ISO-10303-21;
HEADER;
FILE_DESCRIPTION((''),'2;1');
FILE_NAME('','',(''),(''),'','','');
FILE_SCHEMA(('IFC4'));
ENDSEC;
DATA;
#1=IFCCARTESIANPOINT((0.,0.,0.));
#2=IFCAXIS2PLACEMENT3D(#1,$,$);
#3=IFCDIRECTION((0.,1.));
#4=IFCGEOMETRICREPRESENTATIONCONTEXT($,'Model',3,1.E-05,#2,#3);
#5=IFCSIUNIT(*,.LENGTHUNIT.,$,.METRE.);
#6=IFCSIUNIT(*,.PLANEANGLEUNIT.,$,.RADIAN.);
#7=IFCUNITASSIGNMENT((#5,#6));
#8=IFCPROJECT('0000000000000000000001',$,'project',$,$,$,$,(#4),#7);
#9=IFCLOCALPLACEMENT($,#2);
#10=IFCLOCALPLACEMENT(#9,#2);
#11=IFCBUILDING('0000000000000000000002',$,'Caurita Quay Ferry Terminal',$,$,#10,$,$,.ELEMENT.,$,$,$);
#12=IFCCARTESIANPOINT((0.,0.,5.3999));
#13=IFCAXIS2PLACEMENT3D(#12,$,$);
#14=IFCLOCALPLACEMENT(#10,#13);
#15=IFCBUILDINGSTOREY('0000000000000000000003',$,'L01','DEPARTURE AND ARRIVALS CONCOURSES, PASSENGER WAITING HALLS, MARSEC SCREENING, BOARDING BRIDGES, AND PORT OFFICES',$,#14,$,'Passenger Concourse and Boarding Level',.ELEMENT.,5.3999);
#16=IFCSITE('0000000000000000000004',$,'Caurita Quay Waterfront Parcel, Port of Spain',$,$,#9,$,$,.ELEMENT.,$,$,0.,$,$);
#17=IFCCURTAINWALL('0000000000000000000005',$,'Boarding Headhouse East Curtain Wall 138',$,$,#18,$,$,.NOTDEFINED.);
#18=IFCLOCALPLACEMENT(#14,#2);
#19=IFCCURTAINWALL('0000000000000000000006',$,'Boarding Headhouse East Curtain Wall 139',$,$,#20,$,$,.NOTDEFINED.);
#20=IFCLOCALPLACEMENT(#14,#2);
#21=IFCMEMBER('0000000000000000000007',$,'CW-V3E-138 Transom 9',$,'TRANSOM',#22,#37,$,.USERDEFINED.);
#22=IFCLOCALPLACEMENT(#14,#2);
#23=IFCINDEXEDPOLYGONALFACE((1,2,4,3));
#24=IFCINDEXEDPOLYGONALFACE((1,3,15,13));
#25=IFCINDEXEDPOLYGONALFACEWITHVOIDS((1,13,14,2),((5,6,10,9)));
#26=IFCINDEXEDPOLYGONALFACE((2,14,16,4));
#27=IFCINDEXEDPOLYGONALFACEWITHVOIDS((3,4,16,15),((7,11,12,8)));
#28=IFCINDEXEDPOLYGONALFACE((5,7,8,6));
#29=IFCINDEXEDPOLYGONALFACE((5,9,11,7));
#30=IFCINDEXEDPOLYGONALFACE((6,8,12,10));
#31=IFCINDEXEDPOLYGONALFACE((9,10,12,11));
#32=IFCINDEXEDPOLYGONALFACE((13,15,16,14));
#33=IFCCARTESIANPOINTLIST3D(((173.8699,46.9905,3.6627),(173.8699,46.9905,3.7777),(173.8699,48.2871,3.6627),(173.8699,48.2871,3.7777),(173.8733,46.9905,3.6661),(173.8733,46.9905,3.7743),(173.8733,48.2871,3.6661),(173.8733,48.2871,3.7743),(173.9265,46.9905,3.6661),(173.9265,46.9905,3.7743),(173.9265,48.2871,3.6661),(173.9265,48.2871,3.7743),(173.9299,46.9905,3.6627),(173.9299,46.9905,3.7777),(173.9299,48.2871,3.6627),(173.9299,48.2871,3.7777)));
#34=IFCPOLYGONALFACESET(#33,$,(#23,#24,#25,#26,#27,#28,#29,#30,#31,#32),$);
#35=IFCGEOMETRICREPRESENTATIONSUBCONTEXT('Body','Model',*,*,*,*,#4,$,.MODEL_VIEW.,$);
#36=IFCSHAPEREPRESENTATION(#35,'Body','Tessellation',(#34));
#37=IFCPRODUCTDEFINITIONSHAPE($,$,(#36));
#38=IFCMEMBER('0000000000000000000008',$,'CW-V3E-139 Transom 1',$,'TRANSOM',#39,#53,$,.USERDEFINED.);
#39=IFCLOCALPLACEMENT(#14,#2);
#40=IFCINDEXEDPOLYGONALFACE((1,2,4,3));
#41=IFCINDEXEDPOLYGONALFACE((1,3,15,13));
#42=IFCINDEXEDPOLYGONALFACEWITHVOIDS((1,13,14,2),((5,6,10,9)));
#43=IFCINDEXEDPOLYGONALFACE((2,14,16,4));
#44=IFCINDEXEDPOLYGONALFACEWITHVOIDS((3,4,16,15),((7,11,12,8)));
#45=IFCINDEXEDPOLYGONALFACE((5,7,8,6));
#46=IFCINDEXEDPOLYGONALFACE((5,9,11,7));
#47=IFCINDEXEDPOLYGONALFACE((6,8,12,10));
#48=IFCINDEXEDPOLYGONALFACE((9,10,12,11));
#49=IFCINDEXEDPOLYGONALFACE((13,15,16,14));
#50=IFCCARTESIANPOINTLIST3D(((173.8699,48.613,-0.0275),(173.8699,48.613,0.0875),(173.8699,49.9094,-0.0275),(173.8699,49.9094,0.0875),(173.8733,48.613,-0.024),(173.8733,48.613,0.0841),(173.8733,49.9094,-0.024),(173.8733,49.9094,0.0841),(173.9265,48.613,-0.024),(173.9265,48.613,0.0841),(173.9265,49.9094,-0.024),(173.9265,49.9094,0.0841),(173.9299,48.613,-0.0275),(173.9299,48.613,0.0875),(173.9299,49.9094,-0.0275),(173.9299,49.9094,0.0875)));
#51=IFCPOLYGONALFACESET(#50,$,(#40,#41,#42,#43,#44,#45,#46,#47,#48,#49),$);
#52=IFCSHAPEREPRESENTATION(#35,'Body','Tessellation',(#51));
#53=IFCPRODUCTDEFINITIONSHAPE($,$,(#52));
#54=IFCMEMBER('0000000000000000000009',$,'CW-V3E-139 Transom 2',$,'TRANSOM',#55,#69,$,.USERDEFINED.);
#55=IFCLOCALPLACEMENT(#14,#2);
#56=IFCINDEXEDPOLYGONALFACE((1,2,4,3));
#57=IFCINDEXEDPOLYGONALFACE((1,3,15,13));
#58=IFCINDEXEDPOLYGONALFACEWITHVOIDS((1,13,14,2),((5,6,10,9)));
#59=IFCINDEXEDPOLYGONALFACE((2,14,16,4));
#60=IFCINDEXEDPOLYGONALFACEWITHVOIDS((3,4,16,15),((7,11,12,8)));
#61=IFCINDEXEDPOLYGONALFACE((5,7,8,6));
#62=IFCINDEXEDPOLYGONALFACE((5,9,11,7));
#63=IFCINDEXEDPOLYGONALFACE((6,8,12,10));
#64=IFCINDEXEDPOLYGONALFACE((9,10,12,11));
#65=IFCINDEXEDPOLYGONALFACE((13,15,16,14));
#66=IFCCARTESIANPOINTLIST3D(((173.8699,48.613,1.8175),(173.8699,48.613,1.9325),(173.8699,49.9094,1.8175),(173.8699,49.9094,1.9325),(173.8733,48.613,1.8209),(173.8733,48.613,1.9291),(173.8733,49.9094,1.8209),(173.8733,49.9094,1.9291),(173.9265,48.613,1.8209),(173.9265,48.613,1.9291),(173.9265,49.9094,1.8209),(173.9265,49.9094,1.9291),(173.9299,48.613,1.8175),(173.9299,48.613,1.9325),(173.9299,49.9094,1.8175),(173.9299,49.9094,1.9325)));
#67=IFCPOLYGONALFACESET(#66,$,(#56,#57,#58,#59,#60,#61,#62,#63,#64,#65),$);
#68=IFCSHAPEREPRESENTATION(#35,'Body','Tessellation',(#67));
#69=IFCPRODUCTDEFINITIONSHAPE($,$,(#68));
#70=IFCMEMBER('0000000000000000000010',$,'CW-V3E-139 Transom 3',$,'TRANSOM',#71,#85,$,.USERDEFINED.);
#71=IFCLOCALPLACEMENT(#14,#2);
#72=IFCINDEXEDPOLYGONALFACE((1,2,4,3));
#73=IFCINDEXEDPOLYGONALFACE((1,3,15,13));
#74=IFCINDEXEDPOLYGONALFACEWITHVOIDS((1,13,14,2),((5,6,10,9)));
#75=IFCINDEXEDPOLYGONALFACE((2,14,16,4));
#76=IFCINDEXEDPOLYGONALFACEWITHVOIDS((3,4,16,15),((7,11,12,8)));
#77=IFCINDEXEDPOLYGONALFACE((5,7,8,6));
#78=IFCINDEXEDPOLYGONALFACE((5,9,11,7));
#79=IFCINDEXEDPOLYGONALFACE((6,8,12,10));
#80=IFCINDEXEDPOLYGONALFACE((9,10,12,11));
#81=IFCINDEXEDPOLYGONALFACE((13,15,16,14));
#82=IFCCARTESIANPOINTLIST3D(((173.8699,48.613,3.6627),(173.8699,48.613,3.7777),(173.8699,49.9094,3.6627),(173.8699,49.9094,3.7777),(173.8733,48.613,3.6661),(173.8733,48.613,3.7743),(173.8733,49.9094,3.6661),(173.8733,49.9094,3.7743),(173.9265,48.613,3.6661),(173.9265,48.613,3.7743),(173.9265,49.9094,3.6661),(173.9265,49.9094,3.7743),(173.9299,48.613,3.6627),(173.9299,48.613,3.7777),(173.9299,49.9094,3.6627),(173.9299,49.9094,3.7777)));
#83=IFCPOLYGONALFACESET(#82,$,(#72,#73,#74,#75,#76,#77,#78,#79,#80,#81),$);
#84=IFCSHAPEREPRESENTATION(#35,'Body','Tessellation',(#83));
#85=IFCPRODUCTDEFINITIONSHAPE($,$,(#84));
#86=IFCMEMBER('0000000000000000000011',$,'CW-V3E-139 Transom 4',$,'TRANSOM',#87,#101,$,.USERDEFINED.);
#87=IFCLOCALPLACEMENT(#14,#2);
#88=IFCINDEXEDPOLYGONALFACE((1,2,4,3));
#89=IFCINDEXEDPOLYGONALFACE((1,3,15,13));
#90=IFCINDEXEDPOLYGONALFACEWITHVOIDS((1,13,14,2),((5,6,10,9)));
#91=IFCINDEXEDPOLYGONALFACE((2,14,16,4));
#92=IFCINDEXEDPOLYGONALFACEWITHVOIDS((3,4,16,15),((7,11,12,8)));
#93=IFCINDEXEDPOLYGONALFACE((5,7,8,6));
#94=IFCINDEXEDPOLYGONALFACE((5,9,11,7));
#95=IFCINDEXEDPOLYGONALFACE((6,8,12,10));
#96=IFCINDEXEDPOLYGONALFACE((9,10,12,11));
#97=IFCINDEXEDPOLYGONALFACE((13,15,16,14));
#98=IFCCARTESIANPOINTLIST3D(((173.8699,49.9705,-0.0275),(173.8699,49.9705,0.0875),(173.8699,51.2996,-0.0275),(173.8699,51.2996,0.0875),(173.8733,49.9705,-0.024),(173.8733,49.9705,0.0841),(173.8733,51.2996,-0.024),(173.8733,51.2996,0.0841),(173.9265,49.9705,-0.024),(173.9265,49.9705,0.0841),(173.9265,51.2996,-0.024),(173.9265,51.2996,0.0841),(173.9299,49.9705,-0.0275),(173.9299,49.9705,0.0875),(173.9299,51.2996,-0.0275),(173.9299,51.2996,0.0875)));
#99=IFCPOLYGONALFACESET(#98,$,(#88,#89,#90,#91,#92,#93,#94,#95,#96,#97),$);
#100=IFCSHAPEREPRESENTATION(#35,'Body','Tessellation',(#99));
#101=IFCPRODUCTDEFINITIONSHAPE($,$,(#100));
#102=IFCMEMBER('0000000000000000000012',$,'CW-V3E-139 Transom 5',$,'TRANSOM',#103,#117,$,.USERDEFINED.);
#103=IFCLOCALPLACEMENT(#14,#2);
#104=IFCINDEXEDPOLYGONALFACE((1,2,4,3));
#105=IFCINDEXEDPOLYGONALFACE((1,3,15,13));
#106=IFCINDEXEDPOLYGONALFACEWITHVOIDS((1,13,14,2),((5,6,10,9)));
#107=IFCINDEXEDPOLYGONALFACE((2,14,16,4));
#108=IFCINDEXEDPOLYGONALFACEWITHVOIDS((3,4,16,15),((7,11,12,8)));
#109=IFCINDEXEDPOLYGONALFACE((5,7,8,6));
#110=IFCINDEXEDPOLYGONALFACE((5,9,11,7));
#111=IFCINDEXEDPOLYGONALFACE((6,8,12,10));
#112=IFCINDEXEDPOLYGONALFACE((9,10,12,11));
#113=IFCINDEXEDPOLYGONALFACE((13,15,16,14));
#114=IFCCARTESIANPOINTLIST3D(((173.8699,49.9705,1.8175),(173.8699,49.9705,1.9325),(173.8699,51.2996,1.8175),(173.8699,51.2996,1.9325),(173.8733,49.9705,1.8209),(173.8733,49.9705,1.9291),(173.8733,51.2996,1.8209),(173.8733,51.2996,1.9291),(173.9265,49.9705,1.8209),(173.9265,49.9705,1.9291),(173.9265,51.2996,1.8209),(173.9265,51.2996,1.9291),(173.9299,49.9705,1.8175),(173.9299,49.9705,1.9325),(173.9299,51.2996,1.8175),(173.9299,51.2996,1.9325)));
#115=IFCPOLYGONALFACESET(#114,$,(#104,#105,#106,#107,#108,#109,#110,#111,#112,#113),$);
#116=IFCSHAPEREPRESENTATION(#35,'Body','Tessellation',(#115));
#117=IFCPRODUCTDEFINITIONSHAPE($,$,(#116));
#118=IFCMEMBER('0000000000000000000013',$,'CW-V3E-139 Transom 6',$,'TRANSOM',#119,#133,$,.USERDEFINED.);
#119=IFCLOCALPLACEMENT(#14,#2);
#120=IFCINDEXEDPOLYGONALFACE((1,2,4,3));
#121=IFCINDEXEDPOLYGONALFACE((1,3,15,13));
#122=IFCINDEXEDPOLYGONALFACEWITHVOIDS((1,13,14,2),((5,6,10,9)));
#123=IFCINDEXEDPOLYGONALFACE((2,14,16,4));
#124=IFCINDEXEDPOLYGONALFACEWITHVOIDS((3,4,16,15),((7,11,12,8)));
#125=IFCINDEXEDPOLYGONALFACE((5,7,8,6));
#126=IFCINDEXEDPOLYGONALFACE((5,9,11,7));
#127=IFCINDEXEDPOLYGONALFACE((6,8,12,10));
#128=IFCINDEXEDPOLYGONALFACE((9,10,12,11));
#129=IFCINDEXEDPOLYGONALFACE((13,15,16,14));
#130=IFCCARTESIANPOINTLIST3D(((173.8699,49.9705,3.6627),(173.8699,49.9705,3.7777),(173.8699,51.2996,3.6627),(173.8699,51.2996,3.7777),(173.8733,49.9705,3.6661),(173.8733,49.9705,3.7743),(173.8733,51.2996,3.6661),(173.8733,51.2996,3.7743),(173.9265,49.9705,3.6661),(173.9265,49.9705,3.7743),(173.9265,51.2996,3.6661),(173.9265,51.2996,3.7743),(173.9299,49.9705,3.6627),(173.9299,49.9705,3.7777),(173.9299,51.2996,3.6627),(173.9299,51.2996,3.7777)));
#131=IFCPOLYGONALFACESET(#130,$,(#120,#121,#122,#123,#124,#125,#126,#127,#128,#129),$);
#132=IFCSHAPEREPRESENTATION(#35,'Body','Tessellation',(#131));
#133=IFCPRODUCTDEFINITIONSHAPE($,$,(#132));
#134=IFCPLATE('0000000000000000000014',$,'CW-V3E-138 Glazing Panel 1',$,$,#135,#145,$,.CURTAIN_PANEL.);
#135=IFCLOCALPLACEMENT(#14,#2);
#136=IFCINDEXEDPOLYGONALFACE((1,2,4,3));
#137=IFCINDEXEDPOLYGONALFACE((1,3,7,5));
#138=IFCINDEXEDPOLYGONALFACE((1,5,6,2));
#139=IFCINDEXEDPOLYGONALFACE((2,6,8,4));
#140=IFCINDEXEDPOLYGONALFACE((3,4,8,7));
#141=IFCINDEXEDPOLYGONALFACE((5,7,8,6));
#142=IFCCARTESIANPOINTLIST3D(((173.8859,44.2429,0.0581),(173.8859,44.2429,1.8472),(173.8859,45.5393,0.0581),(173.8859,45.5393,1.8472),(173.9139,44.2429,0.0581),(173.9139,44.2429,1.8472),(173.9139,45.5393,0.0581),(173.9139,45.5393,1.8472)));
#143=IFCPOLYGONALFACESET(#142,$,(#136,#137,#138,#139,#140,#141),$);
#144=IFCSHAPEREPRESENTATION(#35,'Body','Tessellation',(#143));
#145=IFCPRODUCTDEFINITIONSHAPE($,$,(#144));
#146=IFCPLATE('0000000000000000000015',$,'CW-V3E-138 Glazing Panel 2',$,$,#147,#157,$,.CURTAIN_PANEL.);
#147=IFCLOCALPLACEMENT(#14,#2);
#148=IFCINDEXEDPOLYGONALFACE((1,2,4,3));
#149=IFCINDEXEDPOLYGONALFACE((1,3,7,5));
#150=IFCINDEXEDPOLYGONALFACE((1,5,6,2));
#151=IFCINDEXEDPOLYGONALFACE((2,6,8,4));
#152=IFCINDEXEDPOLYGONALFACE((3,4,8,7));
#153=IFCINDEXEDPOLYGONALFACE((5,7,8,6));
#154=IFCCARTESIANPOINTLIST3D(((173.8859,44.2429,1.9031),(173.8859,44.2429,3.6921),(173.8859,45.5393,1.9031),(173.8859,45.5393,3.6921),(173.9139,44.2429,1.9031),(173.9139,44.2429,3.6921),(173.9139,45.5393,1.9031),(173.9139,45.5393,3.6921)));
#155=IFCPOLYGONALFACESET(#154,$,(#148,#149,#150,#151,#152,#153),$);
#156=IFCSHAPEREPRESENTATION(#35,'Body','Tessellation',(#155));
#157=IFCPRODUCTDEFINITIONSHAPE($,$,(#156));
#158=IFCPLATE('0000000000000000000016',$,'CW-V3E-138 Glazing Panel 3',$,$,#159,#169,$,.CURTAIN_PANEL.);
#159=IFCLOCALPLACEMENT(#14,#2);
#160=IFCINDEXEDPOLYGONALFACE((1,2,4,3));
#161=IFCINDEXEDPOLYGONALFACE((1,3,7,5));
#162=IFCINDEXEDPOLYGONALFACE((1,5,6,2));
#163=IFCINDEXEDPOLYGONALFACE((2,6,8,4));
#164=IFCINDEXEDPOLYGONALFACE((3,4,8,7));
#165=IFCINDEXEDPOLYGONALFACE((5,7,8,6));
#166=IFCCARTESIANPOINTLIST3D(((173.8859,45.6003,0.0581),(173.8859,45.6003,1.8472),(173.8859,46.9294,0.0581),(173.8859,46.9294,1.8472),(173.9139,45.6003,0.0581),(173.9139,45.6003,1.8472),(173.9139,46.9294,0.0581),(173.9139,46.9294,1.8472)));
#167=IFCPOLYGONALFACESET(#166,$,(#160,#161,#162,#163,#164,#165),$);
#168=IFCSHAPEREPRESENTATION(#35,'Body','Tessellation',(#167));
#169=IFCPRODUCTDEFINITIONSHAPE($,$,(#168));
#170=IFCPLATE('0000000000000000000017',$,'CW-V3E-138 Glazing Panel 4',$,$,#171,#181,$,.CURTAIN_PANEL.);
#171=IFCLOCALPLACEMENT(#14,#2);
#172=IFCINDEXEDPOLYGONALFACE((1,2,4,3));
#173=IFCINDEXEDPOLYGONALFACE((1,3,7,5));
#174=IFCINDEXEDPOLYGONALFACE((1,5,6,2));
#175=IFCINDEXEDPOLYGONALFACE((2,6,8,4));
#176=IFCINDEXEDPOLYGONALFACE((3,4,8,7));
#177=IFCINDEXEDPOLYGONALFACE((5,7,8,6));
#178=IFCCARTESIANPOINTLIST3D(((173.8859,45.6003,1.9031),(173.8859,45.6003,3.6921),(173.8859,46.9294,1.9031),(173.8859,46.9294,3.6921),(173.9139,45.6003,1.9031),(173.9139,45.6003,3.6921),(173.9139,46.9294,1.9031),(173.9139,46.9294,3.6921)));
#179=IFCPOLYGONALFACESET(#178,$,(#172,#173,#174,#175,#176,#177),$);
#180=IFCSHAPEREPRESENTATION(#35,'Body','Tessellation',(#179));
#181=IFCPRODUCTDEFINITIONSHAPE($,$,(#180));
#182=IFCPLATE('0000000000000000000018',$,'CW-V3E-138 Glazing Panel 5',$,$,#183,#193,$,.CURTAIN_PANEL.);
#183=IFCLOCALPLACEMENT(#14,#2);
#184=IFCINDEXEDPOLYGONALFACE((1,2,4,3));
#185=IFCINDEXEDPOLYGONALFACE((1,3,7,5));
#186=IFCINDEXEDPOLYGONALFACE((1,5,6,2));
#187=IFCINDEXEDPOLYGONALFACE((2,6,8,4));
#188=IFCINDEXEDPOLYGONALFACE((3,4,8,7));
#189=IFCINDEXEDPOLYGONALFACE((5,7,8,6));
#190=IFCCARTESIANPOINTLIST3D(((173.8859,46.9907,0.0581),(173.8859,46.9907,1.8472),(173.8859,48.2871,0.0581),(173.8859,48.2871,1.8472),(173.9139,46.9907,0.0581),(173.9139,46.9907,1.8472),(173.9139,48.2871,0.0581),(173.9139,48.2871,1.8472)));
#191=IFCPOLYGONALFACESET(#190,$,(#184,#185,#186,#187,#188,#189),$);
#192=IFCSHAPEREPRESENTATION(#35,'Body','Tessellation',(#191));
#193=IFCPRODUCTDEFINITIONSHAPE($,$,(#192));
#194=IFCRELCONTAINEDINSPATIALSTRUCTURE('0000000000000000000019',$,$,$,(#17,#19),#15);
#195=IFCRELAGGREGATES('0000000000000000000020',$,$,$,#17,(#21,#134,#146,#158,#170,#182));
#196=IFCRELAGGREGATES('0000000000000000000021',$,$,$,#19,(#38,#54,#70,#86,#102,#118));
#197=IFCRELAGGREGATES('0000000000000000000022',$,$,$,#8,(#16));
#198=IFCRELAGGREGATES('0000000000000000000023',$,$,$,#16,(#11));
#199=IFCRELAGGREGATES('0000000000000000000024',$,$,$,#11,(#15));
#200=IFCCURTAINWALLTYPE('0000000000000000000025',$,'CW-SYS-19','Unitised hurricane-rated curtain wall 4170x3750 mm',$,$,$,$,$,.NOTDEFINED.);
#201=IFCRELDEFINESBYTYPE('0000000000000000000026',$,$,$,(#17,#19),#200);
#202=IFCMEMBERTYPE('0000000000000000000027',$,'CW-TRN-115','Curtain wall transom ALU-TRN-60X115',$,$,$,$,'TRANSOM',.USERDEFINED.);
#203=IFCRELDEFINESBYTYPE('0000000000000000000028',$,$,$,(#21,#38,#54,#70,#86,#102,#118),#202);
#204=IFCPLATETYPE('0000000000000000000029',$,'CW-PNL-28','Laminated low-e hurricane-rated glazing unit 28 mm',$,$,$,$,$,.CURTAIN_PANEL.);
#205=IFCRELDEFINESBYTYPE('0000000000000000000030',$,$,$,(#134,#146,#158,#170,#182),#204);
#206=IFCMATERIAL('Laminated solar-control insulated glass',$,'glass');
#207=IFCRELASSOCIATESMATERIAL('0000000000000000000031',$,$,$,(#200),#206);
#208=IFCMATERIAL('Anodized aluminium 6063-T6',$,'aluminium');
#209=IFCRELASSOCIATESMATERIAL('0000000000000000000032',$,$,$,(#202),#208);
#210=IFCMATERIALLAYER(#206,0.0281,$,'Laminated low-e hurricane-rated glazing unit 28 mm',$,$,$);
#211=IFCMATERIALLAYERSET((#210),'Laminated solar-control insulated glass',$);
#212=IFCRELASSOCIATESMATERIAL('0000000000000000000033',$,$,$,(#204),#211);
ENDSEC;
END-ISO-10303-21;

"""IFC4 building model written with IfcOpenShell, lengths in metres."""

from ifc_helpers import new_model, si_unit, direction, frame, origin, origin_2d, place, context, subcontext, project, spatial, rectangle, hollow_rectangle, extrude, material, layer, layer_set, material_profile, profile_set, type_object, element, aggregate, save


model = new_model("IFC4")

# Units and contexts
model_context = context("Model", 3, precision=1e-05, world=origin(), true_north=direction((0.0, 1.0)))
body_context = subcontext(model_context, "Body", "Model", "MODEL_VIEW")
ifc_project = project(units=[si_unit("LENGTHUNIT", "METRE"), si_unit("PLANEANGLEUNIT", "RADIAN")], contexts=[model_context])

# Site, building, storey
site_placement = place(None, origin())
site = spatial("IfcSite", under=ifc_project, at=site_placement, Name="Caurita Quay Waterfront Parcel, Port of Spain", CompositionType="ELEMENT", RefElevation=0.0)
building_placement = place(site_placement, origin())
building = spatial("IfcBuilding", under=site, at=building_placement, Name="Caurita Quay Ferry Terminal", CompositionType="ELEMENT")
storey_placement = place(building_placement, frame((0.0, 0.0, 5.3999)))
storey = spatial("IfcBuildingStorey", under=building, at=storey_placement, Name="L01", Description="DEPARTURE AND ARRIVALS CONCOURSES, PASSENGER WAITING HALLS, MARSEC SCREENING, BOARDING BRIDGES, AND PORT OFFICES", LongName="Passenger Concourse and Boarding Level", CompositionType="ELEMENT", Elevation=5.3999)

# Curtain walls
ifc_material_1 = material(Name="Laminated solar-control insulated glass", Category="glass")
curtain_wall_type = type_object("IfcCurtainWallType", Name="CW-SYS-19", Description="Unitised hurricane-rated curtain wall 4170x3750 mm", PredefinedType="NOTDEFINED", material=ifc_material_1)
curtain_wall_1_placement = place(storey_placement, origin())
curtain_wall_1 = element("IfcCurtainWall", 1, at=curtain_wall_1_placement, inside=storey, type_object=curtain_wall_type, Name="Boarding Headhouse East Curtain Wall 138", PredefinedType="NOTDEFINED")
ifc_material_2 = material(Name="Anodized aluminium 6063-T6", Category="aluminium")
curtain_wall_2_placement = place(storey_placement, origin())
curtain_wall_2 = element("IfcCurtainWall", 2, at=curtain_wall_2_placement, inside=storey, type_object=curtain_wall_type, Name="Boarding Headhouse East Curtain Wall 139", PredefinedType="NOTDEFINED")

# Members
ifc_material_profile_1 = material_profile(ifc_material_2, hollow_rectangle(XDim=0.0601, YDim=0.115, WallThickness=0.0034, at=origin_2d()), Name="ALU-TRN-60X115")
ifc_profile_set_1 = profile_set([ifc_material_profile_1], Name="Anodized aluminium 6063-T6")
member_type_1 = type_object("IfcMemberType", Name="CW-TRN-115", Description="Curtain wall transom ALU-TRN-60X115", ElementType="TRANSOM", PredefinedType="USERDEFINED", material=ifc_profile_set_1)
member_1_placement = place(storey_placement, frame((173.8999, 46.9905, 3.7202), z_axis=(0.0, 1.0, 0.0), x_axis=(-1.0, 0.0, 0.0)))
member_1 = element("IfcMember", 3, at=member_1_placement, type_object=member_type_1, Name="CW-V3E-138 Transom 9", ObjectType="TRANSOM", PredefinedType="USERDEFINED", context=body_context, shape_type="SweptSolid", body=[
    extrude(hollow_rectangle(XDim=0.0601, YDim=0.115, WallThickness=0.0034, at=origin_2d()), origin(), (0.0, 0.0, 1.0), 1.2966),
])
member_2_placement = place(storey_placement, frame((173.8999, 48.613, 0.03), z_axis=(0.0, 1.0, 0.0), x_axis=(-1.0, 0.0, 0.0)))
member_2 = element("IfcMember", 4, at=member_2_placement, type_object=member_type_1, Name="CW-V3E-139 Transom 1", ObjectType="TRANSOM", PredefinedType="USERDEFINED", context=body_context, shape_type="SweptSolid", body=[
    extrude(hollow_rectangle(XDim=0.0601, YDim=0.115, WallThickness=0.0034, at=origin_2d()), origin(), (0.0, 0.0, 1.0), 1.2964),
])
member_3_placement = place(storey_placement, frame((173.8999, 48.613, 1.875), z_axis=(0.0, 1.0, 0.0), x_axis=(-1.0, 0.0, 0.0)))
member_3 = element("IfcMember", 5, at=member_3_placement, type_object=member_type_1, Name="CW-V3E-139 Transom 2", ObjectType="TRANSOM", PredefinedType="USERDEFINED", context=body_context, shape_type="SweptSolid", body=[
    extrude(hollow_rectangle(XDim=0.0601, YDim=0.115, WallThickness=0.0034, at=origin_2d()), origin(), (0.0, 0.0, 1.0), 1.2964),
])
member_4_placement = place(storey_placement, frame((173.8999, 48.613, 3.7202), z_axis=(0.0, 1.0, 0.0), x_axis=(-1.0, 0.0, 0.0)))
member_4 = element("IfcMember", 6, at=member_4_placement, type_object=member_type_1, Name="CW-V3E-139 Transom 3", ObjectType="TRANSOM", PredefinedType="USERDEFINED", context=body_context, shape_type="SweptSolid", body=[
    extrude(hollow_rectangle(XDim=0.0601, YDim=0.115, WallThickness=0.0034, at=origin_2d()), origin(), (0.0, 0.0, 1.0), 1.2964),
])
member_5_placement = place(storey_placement, frame((173.8999, 49.9705, 0.03), z_axis=(0.0, 1.0, 0.0), x_axis=(-1.0, 0.0, 0.0)))
member_5 = element("IfcMember", 7, at=member_5_placement, type_object=member_type_1, Name="CW-V3E-139 Transom 4", ObjectType="TRANSOM", PredefinedType="USERDEFINED", context=body_context, shape_type="SweptSolid", body=[
    extrude(hollow_rectangle(XDim=0.0601, YDim=0.115, WallThickness=0.0034, at=origin_2d()), origin(), (0.0, 0.0, 1.0), 1.3291),
])
member_6_placement = place(storey_placement, frame((173.8999, 49.9705, 1.875), z_axis=(0.0, 1.0, 0.0), x_axis=(-1.0, 0.0, 0.0)))
member_6 = element("IfcMember", 8, at=member_6_placement, type_object=member_type_1, Name="CW-V3E-139 Transom 5", ObjectType="TRANSOM", PredefinedType="USERDEFINED", context=body_context, shape_type="SweptSolid", body=[
    extrude(hollow_rectangle(XDim=0.0601, YDim=0.115, WallThickness=0.0034, at=origin_2d()), origin(), (0.0, 0.0, 1.0), 1.3291),
])
member_7_placement = place(storey_placement, frame((173.8999, 49.9705, 3.7202), z_axis=(0.0, 1.0, 0.0), x_axis=(-1.0, 0.0, 0.0)))
member_7 = element("IfcMember", 9, at=member_7_placement, type_object=member_type_1, Name="CW-V3E-139 Transom 6", ObjectType="TRANSOM", PredefinedType="USERDEFINED", context=body_context, shape_type="SweptSolid", body=[
    extrude(hollow_rectangle(XDim=0.0601, YDim=0.115, WallThickness=0.0034, at=origin_2d()), origin(), (0.0, 0.0, 1.0), 1.3291),
])

# Plates
ifc_layer = layer(ifc_material_1, 0.0281, Name="Laminated low-e hurricane-rated glazing unit 28 mm")
ifc_layer_set = layer_set([ifc_layer], Name="Laminated solar-control insulated glass")
plate_type = type_object("IfcPlateType", Name="CW-PNL-28", Description="Laminated low-e hurricane-rated glazing unit 28 mm", PredefinedType="CURTAIN_PANEL", material=ifc_layer_set)
plate_1_placement = place(storey_placement, frame((173.8999, 44.8911, 0.0581), z_axis=(0.0, 0.0, 1.0), x_axis=(0.0, 1.0, 0.0)))
plate_1 = element("IfcPlate", 10, at=plate_1_placement, type_object=plate_type, Name="CW-V3E-138 Glazing Panel 1", PredefinedType="CURTAIN_PANEL", context=body_context, shape_type="SweptSolid", body=[
    extrude(rectangle(XDim=1.2964, YDim=0.0281, at=origin_2d()), origin(), (0.0, 0.0, 1.0), 1.7891),
])
plate_2_placement = place(storey_placement, frame((173.8999, 44.8911, 1.9031), z_axis=(0.0, 0.0, 1.0), x_axis=(0.0, 1.0, 0.0)))
plate_2 = element("IfcPlate", 11, at=plate_2_placement, type_object=plate_type, Name="CW-V3E-138 Glazing Panel 2", PredefinedType="CURTAIN_PANEL", context=body_context, shape_type="SweptSolid", body=[
    extrude(rectangle(XDim=1.2964, YDim=0.0281, at=origin_2d()), origin(), (0.0, 0.0, 1.0), 1.7891),
])
plate_3_placement = place(storey_placement, frame((173.8999, 46.2649, 0.0581), z_axis=(0.0, 0.0, 1.0), x_axis=(0.0, 1.0, 0.0)))
plate_3 = element("IfcPlate", 12, at=plate_3_placement, type_object=plate_type, Name="CW-V3E-138 Glazing Panel 3", PredefinedType="CURTAIN_PANEL", context=body_context, shape_type="SweptSolid", body=[
    extrude(rectangle(XDim=1.3291, YDim=0.0281, at=origin_2d()), origin(), (0.0, 0.0, 1.0), 1.7891),
])
plate_4_placement = place(storey_placement, frame((173.8999, 46.2649, 1.9031), z_axis=(0.0, 0.0, 1.0), x_axis=(0.0, 1.0, 0.0)))
plate_4 = element("IfcPlate", 13, at=plate_4_placement, type_object=plate_type, Name="CW-V3E-138 Glazing Panel 4", PredefinedType="CURTAIN_PANEL", context=body_context, shape_type="SweptSolid", body=[
    extrude(rectangle(XDim=1.3291, YDim=0.0281, at=origin_2d()), origin(), (0.0, 0.0, 1.0), 1.7891),
])
plate_5_placement = place(storey_placement, frame((173.8999, 47.6389, 0.0581), z_axis=(0.0, 0.0, 1.0), x_axis=(0.0, 1.0, 0.0)))
plate_5 = element("IfcPlate", 14, at=plate_5_placement, type_object=plate_type, Name="CW-V3E-138 Glazing Panel 5", PredefinedType="CURTAIN_PANEL", context=body_context, shape_type="SweptSolid", body=[
    extrude(rectangle(XDim=1.2964, YDim=0.0281, at=origin_2d()), origin(), (0.0, 0.0, 1.0), 1.7891),
])
aggregate(curtain_wall_1, [member_1, plate_1, plate_2, plate_3, plate_4, plate_5])
aggregate(curtain_wall_2, [member_2, member_3, member_4, member_5, member_6, member_7])

save(model, "model.ifc")
